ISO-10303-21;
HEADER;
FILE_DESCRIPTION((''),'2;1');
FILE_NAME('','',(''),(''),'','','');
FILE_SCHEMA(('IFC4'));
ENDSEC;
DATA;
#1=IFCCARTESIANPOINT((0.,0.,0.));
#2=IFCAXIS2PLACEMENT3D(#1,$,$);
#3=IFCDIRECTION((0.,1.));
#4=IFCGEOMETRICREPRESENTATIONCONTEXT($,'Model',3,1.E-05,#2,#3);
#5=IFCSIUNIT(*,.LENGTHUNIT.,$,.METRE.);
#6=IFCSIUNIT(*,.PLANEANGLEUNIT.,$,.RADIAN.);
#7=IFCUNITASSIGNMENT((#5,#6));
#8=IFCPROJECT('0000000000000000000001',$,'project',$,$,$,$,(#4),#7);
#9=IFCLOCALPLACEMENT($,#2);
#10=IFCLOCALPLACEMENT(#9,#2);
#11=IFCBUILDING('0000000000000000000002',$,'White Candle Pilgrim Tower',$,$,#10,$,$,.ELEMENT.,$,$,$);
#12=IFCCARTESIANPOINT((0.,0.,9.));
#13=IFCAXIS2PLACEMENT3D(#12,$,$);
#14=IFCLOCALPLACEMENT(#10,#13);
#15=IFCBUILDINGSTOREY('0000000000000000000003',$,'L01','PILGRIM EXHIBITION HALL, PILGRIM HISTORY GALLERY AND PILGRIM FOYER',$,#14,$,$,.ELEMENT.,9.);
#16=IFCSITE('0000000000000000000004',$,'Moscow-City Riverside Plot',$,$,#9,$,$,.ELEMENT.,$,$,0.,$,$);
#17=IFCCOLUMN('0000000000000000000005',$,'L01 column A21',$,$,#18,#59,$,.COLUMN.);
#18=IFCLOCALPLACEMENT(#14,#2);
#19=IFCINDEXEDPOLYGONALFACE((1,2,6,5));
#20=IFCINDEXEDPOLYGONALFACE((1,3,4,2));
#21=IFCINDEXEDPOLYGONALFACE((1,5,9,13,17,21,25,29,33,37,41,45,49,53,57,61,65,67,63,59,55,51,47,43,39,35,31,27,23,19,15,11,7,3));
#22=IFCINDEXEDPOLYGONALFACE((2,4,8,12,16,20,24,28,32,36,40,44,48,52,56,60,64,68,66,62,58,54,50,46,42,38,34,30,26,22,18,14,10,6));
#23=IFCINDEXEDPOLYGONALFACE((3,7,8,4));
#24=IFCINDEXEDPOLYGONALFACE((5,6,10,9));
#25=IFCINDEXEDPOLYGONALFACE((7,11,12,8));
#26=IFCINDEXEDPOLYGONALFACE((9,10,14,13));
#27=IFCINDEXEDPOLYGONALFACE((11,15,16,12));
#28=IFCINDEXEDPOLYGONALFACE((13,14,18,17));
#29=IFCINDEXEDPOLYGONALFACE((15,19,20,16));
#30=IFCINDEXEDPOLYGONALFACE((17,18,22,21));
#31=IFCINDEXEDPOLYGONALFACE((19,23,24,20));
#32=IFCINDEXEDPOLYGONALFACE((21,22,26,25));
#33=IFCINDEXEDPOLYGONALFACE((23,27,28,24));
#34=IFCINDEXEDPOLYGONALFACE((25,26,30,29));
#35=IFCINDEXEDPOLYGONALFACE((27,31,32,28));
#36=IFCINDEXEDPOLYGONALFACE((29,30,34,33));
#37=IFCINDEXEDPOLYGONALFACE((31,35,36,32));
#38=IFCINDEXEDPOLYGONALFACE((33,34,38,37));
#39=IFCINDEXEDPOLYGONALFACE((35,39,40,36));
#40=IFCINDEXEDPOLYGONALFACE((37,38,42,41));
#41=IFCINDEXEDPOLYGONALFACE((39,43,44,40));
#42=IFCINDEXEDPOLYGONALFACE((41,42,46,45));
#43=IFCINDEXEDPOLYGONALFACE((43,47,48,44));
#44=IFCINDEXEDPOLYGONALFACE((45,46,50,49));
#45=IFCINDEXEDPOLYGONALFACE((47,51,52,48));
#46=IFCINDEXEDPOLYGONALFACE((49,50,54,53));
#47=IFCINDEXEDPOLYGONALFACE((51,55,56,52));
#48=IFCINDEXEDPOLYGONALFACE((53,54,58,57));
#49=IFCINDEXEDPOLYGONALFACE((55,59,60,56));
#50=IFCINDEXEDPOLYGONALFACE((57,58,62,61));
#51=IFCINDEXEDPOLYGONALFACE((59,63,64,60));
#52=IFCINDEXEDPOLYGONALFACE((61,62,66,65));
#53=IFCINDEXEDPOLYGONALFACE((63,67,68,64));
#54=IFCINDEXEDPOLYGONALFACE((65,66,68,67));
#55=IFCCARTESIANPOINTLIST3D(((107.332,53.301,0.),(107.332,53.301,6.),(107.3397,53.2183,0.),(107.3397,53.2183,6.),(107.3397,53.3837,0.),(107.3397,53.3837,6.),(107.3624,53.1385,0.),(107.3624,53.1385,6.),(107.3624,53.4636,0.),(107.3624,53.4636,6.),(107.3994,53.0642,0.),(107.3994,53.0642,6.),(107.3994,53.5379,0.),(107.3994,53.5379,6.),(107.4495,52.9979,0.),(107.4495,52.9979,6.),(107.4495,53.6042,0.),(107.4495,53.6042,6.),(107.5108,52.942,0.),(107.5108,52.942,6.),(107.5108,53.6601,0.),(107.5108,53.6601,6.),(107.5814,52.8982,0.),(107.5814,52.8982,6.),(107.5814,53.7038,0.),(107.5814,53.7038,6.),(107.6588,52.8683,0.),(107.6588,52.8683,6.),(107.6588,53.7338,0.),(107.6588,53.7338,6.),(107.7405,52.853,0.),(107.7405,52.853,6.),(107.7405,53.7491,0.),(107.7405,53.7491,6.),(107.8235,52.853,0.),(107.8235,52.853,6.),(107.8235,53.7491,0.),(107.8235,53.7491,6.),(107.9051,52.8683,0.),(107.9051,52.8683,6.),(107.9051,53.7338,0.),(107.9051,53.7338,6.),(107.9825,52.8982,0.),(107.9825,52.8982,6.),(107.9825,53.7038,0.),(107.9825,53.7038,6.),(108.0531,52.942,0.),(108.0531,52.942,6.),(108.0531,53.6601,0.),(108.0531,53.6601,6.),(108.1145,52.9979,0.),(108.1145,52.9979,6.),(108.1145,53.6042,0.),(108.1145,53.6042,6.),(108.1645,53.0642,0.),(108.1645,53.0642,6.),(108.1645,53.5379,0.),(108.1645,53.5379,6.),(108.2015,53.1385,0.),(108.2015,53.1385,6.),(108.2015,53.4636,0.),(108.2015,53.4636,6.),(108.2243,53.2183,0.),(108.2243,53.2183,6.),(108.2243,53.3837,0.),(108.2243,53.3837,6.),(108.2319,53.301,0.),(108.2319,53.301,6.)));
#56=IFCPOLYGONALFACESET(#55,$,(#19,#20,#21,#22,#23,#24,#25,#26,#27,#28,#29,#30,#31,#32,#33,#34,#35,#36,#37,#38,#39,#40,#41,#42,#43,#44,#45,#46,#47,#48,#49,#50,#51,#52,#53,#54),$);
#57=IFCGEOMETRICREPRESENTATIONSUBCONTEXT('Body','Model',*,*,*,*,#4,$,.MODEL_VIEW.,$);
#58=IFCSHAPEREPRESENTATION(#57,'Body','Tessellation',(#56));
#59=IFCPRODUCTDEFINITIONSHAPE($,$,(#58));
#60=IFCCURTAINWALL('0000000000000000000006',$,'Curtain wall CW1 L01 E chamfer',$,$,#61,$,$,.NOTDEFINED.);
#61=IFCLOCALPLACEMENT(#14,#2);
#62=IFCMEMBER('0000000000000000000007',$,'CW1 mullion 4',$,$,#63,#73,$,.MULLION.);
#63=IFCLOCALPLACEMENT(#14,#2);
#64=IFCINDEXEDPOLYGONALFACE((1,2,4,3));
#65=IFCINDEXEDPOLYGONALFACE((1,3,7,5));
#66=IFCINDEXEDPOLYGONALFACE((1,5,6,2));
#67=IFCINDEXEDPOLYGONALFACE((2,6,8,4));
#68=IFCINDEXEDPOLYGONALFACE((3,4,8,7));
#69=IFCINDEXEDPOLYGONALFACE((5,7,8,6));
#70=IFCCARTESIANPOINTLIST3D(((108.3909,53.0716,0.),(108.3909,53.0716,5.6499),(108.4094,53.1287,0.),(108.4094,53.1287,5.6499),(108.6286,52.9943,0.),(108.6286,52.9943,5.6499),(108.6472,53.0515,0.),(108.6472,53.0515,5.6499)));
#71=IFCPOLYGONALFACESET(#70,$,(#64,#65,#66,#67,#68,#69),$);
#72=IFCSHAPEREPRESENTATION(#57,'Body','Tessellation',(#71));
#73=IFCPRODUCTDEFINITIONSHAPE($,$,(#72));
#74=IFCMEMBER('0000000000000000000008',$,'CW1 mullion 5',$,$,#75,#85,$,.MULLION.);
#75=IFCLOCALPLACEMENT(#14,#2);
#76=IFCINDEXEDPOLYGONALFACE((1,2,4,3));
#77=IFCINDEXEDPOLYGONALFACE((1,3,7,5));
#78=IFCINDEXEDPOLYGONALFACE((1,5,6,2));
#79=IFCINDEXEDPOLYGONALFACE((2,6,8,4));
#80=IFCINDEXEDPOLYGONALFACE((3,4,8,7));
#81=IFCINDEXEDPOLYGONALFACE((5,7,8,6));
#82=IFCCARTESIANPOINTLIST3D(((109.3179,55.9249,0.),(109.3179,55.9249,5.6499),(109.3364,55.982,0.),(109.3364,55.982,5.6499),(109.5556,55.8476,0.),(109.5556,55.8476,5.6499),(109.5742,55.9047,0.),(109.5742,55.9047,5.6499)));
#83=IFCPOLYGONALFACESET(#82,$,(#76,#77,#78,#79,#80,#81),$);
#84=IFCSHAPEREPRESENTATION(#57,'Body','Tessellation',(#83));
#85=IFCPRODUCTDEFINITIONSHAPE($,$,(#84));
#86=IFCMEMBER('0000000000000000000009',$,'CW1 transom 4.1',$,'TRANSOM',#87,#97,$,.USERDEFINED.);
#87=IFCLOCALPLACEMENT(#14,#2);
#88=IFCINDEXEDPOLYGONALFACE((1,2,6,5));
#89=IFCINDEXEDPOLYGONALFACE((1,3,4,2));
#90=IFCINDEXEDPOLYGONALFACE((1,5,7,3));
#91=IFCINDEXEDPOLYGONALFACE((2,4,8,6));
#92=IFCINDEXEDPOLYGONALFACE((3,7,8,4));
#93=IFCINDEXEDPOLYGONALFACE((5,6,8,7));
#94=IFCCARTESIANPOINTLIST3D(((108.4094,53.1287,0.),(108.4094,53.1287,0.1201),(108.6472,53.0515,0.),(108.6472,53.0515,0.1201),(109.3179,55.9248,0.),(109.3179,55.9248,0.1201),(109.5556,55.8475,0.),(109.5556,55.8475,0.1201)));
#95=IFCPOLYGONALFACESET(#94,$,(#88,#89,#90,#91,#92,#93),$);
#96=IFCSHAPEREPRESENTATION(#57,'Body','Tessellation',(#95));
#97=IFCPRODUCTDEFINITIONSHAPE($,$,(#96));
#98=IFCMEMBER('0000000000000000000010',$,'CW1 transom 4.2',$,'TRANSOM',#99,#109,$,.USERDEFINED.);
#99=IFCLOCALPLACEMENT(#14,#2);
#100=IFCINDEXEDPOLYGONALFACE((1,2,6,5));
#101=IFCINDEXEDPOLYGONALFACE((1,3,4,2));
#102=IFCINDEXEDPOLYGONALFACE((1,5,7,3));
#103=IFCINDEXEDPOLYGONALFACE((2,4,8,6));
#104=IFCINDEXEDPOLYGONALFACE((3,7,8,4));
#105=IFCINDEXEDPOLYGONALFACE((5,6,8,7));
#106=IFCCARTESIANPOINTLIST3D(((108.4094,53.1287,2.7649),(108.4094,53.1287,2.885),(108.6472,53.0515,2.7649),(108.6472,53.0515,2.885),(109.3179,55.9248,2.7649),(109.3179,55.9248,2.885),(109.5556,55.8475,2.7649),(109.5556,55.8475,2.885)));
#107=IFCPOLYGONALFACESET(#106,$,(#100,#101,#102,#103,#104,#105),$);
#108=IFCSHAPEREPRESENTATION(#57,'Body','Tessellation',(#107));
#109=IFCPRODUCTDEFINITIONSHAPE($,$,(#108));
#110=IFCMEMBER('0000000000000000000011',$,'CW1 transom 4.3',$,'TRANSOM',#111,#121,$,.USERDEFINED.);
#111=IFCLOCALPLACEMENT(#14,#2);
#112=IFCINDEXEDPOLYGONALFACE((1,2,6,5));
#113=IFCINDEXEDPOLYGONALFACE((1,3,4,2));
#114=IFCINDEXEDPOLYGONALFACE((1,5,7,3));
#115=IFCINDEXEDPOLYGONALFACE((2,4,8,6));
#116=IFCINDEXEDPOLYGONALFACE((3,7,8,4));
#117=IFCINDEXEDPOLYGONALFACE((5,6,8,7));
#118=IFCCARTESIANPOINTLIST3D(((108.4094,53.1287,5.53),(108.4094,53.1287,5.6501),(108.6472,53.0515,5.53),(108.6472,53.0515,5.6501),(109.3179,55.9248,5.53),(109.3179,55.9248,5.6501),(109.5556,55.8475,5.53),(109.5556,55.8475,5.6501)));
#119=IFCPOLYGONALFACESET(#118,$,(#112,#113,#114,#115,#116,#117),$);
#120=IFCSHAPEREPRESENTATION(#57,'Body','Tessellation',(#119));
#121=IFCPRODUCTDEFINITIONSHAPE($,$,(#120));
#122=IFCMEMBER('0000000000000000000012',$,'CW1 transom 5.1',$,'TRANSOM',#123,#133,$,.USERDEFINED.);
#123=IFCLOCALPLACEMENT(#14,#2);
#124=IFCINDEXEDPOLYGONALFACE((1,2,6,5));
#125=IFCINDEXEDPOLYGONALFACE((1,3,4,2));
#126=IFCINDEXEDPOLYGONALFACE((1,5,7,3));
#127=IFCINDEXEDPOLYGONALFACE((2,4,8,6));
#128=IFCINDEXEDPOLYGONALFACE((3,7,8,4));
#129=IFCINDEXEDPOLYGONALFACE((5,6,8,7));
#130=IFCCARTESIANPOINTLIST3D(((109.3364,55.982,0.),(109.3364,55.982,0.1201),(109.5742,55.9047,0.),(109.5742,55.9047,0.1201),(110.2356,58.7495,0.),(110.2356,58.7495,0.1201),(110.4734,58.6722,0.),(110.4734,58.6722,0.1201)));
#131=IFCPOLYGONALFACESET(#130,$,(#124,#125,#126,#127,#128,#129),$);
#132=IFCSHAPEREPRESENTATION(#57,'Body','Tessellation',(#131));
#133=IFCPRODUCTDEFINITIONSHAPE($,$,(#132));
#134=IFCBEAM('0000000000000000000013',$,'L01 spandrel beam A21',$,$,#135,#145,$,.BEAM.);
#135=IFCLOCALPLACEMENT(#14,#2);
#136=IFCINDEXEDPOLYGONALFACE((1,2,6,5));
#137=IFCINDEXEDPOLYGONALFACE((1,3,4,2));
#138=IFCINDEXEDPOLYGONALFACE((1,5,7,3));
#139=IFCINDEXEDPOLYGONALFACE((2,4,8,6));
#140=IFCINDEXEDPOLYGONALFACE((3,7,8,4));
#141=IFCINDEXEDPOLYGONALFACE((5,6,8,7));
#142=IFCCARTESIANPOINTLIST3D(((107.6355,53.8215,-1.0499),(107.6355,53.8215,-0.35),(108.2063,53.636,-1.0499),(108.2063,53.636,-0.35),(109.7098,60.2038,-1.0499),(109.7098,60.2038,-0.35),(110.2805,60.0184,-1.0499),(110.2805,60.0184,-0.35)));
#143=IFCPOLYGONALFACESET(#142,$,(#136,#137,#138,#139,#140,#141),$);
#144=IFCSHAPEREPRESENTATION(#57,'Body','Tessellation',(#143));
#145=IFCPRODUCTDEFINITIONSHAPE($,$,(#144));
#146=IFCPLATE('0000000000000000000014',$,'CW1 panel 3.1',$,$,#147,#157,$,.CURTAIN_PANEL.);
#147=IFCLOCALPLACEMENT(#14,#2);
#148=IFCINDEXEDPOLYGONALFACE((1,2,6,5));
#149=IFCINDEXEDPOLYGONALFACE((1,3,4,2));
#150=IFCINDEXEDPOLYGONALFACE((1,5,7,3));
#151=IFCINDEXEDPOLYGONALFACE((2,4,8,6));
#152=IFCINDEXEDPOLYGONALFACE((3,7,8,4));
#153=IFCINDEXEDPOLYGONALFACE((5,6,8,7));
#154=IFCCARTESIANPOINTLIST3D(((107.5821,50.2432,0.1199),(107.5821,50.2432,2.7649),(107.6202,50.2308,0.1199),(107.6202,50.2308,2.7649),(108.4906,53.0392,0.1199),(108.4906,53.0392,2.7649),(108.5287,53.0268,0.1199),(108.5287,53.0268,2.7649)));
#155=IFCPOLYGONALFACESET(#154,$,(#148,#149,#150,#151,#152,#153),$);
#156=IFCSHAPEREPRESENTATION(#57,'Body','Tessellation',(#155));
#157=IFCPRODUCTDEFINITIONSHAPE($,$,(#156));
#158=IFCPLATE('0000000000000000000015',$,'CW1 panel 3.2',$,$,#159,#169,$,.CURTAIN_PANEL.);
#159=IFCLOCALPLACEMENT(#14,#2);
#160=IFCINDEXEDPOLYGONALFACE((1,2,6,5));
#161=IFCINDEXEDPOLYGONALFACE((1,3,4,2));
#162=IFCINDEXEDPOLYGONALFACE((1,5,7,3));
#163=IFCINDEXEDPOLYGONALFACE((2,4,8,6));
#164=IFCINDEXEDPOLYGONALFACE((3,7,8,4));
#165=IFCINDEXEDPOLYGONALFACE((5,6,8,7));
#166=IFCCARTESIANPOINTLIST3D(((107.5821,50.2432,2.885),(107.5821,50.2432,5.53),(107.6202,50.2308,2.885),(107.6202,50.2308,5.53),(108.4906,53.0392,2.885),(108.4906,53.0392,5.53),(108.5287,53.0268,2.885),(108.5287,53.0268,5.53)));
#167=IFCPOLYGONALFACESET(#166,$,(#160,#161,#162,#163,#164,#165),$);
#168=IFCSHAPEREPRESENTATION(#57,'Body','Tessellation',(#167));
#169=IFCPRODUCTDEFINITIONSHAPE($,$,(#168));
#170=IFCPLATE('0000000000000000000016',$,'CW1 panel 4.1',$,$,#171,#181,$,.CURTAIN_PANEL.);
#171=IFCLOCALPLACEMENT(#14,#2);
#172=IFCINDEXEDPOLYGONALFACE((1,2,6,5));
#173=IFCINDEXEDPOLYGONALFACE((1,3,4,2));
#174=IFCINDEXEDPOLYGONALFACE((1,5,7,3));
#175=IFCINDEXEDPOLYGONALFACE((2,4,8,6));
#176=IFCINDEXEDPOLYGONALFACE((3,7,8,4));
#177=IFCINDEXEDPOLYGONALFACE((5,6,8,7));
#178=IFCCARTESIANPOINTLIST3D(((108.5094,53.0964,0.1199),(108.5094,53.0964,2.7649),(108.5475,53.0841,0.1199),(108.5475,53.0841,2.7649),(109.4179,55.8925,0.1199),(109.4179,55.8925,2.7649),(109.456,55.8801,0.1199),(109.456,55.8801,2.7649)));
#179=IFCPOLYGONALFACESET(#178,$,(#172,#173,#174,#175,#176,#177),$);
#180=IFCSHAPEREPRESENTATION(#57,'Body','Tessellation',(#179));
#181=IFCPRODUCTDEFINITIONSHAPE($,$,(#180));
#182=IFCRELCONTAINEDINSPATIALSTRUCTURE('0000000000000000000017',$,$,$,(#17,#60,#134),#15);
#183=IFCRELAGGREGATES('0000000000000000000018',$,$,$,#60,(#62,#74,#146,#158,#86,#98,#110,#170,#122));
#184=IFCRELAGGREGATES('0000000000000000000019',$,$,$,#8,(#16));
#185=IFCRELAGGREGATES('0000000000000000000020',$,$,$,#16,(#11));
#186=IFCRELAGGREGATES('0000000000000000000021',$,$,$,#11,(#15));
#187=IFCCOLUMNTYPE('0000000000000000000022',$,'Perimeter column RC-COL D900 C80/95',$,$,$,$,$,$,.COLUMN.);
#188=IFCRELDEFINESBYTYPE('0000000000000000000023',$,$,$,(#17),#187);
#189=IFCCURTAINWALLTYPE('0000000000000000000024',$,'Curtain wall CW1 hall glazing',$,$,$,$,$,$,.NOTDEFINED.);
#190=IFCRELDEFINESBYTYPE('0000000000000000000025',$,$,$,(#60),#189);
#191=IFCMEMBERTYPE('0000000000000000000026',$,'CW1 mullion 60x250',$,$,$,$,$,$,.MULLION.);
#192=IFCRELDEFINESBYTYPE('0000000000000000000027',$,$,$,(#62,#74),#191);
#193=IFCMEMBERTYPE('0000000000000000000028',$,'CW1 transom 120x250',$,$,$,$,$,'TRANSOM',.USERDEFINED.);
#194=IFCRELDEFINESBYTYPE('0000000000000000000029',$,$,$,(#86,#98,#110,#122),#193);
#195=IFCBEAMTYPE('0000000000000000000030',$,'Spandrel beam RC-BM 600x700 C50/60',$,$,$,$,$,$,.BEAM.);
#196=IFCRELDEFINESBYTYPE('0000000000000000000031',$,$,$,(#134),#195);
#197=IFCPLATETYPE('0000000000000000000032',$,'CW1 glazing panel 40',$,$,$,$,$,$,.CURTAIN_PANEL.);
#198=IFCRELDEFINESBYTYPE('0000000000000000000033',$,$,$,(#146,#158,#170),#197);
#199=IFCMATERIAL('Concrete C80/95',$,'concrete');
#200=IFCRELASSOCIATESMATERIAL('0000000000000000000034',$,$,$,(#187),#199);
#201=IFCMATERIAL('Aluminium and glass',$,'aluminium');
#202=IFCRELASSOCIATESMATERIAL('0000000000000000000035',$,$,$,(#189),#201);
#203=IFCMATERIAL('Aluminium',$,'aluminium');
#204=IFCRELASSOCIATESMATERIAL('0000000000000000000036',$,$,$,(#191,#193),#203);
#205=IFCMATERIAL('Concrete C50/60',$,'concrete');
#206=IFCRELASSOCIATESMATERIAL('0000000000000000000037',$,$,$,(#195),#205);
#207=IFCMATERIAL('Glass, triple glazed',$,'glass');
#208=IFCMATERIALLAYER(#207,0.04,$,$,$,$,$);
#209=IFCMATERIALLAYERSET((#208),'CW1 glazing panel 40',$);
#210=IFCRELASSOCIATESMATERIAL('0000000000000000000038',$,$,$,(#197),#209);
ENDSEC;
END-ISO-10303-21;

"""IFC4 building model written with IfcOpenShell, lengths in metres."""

from ifc_helpers import new_model, si_unit, direction, frame, origin, origin_2d, place, context, subcontext, project, spatial, rectangle, circle, extrude, material, layer, layer_set, material_profile, profile_set, type_object, element, aggregate, save


model = new_model("IFC4")

# Units and contexts
model_context = context("Model", 3, precision=1e-05, world=origin(), true_north=direction((0.0, 1.0)))
body_context = subcontext(model_context, "Body", "Model", "MODEL_VIEW")
ifc_project = project(units=[si_unit("LENGTHUNIT", "METRE"), si_unit("PLANEANGLEUNIT", "RADIAN")], contexts=[model_context])

# Site, building, storey
site_placement = place(None, origin())
site = spatial("IfcSite", under=ifc_project, at=site_placement, Name="Moscow-City Riverside Plot", CompositionType="ELEMENT", RefElevation=0.0)
building_placement = place(site_placement, origin())
building = spatial("IfcBuilding", under=site, at=building_placement, Name="White Candle Pilgrim Tower", CompositionType="ELEMENT")
storey_placement = place(building_placement, frame((0.0, 0.0, 9.0)))
storey = spatial("IfcBuildingStorey", under=building, at=storey_placement, Name="L01", Description="PILGRIM EXHIBITION HALL, PILGRIM HISTORY GALLERY AND PILGRIM FOYER", CompositionType="ELEMENT", Elevation=9.0)

# Column
ifc_material_1 = material(Name="Concrete C80/95", Category="concrete")
ifc_material_profile_1 = material_profile(ifc_material_1, circle(Radius=0.45, at=origin_2d()), Name="RC-COL D900")
ifc_profile_set_1 = profile_set([ifc_material_profile_1], Name="Concrete C80/95")
column_type = type_object("IfcColumnType", Name="Perimeter column RC-COL D900 C80/95", PredefinedType="COLUMN", material=ifc_profile_set_1)
column_placement = place(storey_placement, frame((107.782, 53.301, 0.0), z_axis=(0.0, 0.0, 1.0), x_axis=(1.0, 0.0, 0.0)))
element("IfcColumn", 1, at=column_placement, inside=storey, type_object=column_type, Name="L01 column A21", PredefinedType="COLUMN", context=body_context, shape_type="SweptSolid", body=[
    extrude(circle(Radius=0.45, at=origin_2d()), origin(), (0.0, 0.0, 1.0), 6.0),
])

# Curtain wall, members
ifc_material_2 = material(Name="Aluminium and glass", Category="aluminium")
curtain_wall_type = type_object("IfcCurtainWallType", Name="Curtain wall CW1 hall glazing", PredefinedType="NOTDEFINED", material=ifc_material_2)
curtain_wall_placement = place(storey_placement, origin())
curtain_wall = element("IfcCurtainWall", 2, at=curtain_wall_placement, inside=storey, type_object=curtain_wall_type, Name="Curtain wall CW1 L01 E chamfer", PredefinedType="NOTDEFINED")
ifc_material_3 = material(Name="Aluminium", Category="aluminium")
ifc_material_profile_2 = material_profile(ifc_material_3, rectangle(XDim=0.25, YDim=0.0601, at=origin_2d()), Name="CW1 mullion 60x250")
ifc_profile_set_2 = profile_set([ifc_material_profile_2], Name="Aluminium")
member_type_1 = type_object("IfcMemberType", Name="CW1 mullion 60x250", PredefinedType="MULLION", material=ifc_profile_set_2)
member_1_placement = place(storey_placement, frame((108.519, 53.0615, 0.0), z_axis=(0.0, 0.0, 1.0), x_axis=(-0.951057, 0.309017, 0.0)))
member_1 = element("IfcMember", 3, at=member_1_placement, type_object=member_type_1, Name="CW1 mullion 4", PredefinedType="MULLION", context=body_context, shape_type="SweptSolid", body=[
    extrude(rectangle(XDim=0.25, YDim=0.0601, at=origin_2d()), origin(), (0.0, 0.0, 1.0), 5.6499),
])
member_2_placement = place(storey_placement, frame((109.446, 55.9148, 0.0), z_axis=(0.0, 0.0, 1.0), x_axis=(-0.951057, 0.309017, 0.0)))
member_2 = element("IfcMember", 4, at=member_2_placement, type_object=member_type_1, Name="CW1 mullion 5", PredefinedType="MULLION", context=body_context, shape_type="SweptSolid", body=[
    extrude(rectangle(XDim=0.25, YDim=0.0601, at=origin_2d()), origin(), (0.0, 0.0, 1.0), 5.6499),
])
ifc_material_profile_3 = material_profile(ifc_material_3, rectangle(XDim=0.25, YDim=0.1201, at=origin_2d()), Name="CW1 transom 120x250")
ifc_profile_set_3 = profile_set([ifc_material_profile_3], Name="Aluminium")
member_type_2 = type_object("IfcMemberType", Name="CW1 transom 120x250", ElementType="TRANSOM", PredefinedType="USERDEFINED", material=ifc_profile_set_3)
member_3_placement = place(storey_placement, frame((108.5283, 53.0901, 0.0601), z_axis=(0.308994, 0.951064, 0.0), x_axis=(-0.951064, 0.308994, 0.0)))
member_3 = element("IfcMember", 5, at=member_3_placement, type_object=member_type_2, Name="CW1 transom 4.1", ObjectType="TRANSOM", PredefinedType="USERDEFINED", context=body_context, shape_type="SweptSolid", body=[
    extrude(rectangle(XDim=0.25, YDim=0.1201, at=origin_2d()), origin(), (0.0, 0.0, 1.0), 2.9399),
])
member_4_placement = place(storey_placement, frame((108.5283, 53.0901, 2.825), z_axis=(0.308994, 0.951064, 0.0), x_axis=(-0.951064, 0.308994, 0.0)))
member_4 = element("IfcMember", 6, at=member_4_placement, type_object=member_type_2, Name="CW1 transom 4.2", ObjectType="TRANSOM", PredefinedType="USERDEFINED", context=body_context, shape_type="SweptSolid", body=[
    extrude(rectangle(XDim=0.25, YDim=0.1201, at=origin_2d()), origin(), (0.0, 0.0, 1.0), 2.9399),
])
member_5_placement = place(storey_placement, frame((108.5283, 53.0901, 5.5901), z_axis=(0.308994, 0.951064, 0.0), x_axis=(-0.951064, 0.308994, 0.0)))
member_5 = element("IfcMember", 7, at=member_5_placement, type_object=member_type_2, Name="CW1 transom 4.3", ObjectType="TRANSOM", PredefinedType="USERDEFINED", context=body_context, shape_type="SweptSolid", body=[
    extrude(rectangle(XDim=0.25, YDim=0.1201, at=origin_2d()), origin(), (0.0, 0.0, 1.0), 2.9399),
])
member_6_placement = place(storey_placement, frame((109.4553, 55.9434, 0.0601), z_axis=(0.308995, 0.951064, 0.0), x_axis=(-0.951064, 0.308995, 0.0)))
member_6 = element("IfcMember", 8, at=member_6_placement, type_object=member_type_2, Name="CW1 transom 5.1", ObjectType="TRANSOM", PredefinedType="USERDEFINED", context=body_context, shape_type="SweptSolid", body=[
    extrude(rectangle(XDim=0.25, YDim=0.1201, at=origin_2d()), origin(), (0.0, 0.0, 1.0), 2.9099),
])

# Beam
ifc_material_4 = material(Name="Concrete C50/60", Category="concrete")
ifc_material_profile_4 = material_profile(ifc_material_4, rectangle(XDim=0.6001, YDim=0.7, at=origin_2d()), Name="RC-BM 600x700")
ifc_profile_set_4 = profile_set([ifc_material_profile_4], Name="Concrete C50/60")
beam_type = type_object("IfcBeamType", Name="Spandrel beam RC-BM 600x700 C50/60", PredefinedType="BEAM", material=ifc_profile_set_4)
beam_placement = place(storey_placement, frame((107.9209, 53.7288, -0.7), z_axis=(0.309081, 0.951036, 0.0), x_axis=(-0.951036, 0.309081, 0.0)))
element("IfcBeam", 9, at=beam_placement, inside=storey, type_object=beam_type, Name="L01 spandrel beam A21", PredefinedType="BEAM", context=body_context, shape_type="SweptSolid", body=[
    extrude(rectangle(XDim=0.6001, YDim=0.7, at=origin_2d()), origin(), (0.0, 0.0, 1.0), 6.7109),
])

# Plates
ifc_material_5 = material(Name="Glass, triple glazed", Category="glass")
ifc_layer = layer(ifc_material_5, 0.04)
ifc_layer_set = layer_set([ifc_layer], Name="CW1 glazing panel 40")
plate_type = type_object("IfcPlateType", Name="CW1 glazing panel 40", PredefinedType="CURTAIN_PANEL", material=ifc_layer_set)
plate_1_placement = place(storey_placement, frame((108.0554, 51.635, 0.1199), z_axis=(0.0, 0.0, 1.0), x_axis=(0.309017, 0.951057, 0.0)))
plate_1 = element("IfcPlate", 10, at=plate_1_placement, type_object=plate_type, Name="CW1 panel 3.1", PredefinedType="CURTAIN_PANEL", context=body_context, shape_type="SweptSolid", body=[
    extrude(rectangle(XDim=2.9399, YDim=0.04, at=origin_2d()), origin(), (0.0, 0.0, 1.0), 2.645),
])
plate_2_placement = place(storey_placement, frame((108.0554, 51.635, 2.885), z_axis=(0.0, 0.0, 1.0), x_axis=(0.309017, 0.951057, 0.0)))
plate_2 = element("IfcPlate", 11, at=plate_2_placement, type_object=plate_type, Name="CW1 panel 3.2", PredefinedType="CURTAIN_PANEL", context=body_context, shape_type="SweptSolid", body=[
    extrude(rectangle(XDim=2.9399, YDim=0.04, at=origin_2d()), origin(), (0.0, 0.0, 1.0), 2.645),
])
plate_3_placement = place(storey_placement, frame((108.9827, 54.4883, 0.1199), z_axis=(0.0, 0.0, 1.0), x_axis=(0.309017, 0.951057, 0.0)))
plate_3 = element("IfcPlate", 12, at=plate_3_placement, type_object=plate_type, Name="CW1 panel 4.1", PredefinedType="CURTAIN_PANEL", context=body_context, shape_type="SweptSolid", body=[
    extrude(rectangle(XDim=2.9399, YDim=0.04, at=origin_2d()), origin(), (0.0, 0.0, 1.0), 2.645),
])
aggregate(curtain_wall, [member_1, member_2, plate_1, plate_2, member_3, member_4, member_5, plate_3, member_6])

save(model, "model.ifc")
